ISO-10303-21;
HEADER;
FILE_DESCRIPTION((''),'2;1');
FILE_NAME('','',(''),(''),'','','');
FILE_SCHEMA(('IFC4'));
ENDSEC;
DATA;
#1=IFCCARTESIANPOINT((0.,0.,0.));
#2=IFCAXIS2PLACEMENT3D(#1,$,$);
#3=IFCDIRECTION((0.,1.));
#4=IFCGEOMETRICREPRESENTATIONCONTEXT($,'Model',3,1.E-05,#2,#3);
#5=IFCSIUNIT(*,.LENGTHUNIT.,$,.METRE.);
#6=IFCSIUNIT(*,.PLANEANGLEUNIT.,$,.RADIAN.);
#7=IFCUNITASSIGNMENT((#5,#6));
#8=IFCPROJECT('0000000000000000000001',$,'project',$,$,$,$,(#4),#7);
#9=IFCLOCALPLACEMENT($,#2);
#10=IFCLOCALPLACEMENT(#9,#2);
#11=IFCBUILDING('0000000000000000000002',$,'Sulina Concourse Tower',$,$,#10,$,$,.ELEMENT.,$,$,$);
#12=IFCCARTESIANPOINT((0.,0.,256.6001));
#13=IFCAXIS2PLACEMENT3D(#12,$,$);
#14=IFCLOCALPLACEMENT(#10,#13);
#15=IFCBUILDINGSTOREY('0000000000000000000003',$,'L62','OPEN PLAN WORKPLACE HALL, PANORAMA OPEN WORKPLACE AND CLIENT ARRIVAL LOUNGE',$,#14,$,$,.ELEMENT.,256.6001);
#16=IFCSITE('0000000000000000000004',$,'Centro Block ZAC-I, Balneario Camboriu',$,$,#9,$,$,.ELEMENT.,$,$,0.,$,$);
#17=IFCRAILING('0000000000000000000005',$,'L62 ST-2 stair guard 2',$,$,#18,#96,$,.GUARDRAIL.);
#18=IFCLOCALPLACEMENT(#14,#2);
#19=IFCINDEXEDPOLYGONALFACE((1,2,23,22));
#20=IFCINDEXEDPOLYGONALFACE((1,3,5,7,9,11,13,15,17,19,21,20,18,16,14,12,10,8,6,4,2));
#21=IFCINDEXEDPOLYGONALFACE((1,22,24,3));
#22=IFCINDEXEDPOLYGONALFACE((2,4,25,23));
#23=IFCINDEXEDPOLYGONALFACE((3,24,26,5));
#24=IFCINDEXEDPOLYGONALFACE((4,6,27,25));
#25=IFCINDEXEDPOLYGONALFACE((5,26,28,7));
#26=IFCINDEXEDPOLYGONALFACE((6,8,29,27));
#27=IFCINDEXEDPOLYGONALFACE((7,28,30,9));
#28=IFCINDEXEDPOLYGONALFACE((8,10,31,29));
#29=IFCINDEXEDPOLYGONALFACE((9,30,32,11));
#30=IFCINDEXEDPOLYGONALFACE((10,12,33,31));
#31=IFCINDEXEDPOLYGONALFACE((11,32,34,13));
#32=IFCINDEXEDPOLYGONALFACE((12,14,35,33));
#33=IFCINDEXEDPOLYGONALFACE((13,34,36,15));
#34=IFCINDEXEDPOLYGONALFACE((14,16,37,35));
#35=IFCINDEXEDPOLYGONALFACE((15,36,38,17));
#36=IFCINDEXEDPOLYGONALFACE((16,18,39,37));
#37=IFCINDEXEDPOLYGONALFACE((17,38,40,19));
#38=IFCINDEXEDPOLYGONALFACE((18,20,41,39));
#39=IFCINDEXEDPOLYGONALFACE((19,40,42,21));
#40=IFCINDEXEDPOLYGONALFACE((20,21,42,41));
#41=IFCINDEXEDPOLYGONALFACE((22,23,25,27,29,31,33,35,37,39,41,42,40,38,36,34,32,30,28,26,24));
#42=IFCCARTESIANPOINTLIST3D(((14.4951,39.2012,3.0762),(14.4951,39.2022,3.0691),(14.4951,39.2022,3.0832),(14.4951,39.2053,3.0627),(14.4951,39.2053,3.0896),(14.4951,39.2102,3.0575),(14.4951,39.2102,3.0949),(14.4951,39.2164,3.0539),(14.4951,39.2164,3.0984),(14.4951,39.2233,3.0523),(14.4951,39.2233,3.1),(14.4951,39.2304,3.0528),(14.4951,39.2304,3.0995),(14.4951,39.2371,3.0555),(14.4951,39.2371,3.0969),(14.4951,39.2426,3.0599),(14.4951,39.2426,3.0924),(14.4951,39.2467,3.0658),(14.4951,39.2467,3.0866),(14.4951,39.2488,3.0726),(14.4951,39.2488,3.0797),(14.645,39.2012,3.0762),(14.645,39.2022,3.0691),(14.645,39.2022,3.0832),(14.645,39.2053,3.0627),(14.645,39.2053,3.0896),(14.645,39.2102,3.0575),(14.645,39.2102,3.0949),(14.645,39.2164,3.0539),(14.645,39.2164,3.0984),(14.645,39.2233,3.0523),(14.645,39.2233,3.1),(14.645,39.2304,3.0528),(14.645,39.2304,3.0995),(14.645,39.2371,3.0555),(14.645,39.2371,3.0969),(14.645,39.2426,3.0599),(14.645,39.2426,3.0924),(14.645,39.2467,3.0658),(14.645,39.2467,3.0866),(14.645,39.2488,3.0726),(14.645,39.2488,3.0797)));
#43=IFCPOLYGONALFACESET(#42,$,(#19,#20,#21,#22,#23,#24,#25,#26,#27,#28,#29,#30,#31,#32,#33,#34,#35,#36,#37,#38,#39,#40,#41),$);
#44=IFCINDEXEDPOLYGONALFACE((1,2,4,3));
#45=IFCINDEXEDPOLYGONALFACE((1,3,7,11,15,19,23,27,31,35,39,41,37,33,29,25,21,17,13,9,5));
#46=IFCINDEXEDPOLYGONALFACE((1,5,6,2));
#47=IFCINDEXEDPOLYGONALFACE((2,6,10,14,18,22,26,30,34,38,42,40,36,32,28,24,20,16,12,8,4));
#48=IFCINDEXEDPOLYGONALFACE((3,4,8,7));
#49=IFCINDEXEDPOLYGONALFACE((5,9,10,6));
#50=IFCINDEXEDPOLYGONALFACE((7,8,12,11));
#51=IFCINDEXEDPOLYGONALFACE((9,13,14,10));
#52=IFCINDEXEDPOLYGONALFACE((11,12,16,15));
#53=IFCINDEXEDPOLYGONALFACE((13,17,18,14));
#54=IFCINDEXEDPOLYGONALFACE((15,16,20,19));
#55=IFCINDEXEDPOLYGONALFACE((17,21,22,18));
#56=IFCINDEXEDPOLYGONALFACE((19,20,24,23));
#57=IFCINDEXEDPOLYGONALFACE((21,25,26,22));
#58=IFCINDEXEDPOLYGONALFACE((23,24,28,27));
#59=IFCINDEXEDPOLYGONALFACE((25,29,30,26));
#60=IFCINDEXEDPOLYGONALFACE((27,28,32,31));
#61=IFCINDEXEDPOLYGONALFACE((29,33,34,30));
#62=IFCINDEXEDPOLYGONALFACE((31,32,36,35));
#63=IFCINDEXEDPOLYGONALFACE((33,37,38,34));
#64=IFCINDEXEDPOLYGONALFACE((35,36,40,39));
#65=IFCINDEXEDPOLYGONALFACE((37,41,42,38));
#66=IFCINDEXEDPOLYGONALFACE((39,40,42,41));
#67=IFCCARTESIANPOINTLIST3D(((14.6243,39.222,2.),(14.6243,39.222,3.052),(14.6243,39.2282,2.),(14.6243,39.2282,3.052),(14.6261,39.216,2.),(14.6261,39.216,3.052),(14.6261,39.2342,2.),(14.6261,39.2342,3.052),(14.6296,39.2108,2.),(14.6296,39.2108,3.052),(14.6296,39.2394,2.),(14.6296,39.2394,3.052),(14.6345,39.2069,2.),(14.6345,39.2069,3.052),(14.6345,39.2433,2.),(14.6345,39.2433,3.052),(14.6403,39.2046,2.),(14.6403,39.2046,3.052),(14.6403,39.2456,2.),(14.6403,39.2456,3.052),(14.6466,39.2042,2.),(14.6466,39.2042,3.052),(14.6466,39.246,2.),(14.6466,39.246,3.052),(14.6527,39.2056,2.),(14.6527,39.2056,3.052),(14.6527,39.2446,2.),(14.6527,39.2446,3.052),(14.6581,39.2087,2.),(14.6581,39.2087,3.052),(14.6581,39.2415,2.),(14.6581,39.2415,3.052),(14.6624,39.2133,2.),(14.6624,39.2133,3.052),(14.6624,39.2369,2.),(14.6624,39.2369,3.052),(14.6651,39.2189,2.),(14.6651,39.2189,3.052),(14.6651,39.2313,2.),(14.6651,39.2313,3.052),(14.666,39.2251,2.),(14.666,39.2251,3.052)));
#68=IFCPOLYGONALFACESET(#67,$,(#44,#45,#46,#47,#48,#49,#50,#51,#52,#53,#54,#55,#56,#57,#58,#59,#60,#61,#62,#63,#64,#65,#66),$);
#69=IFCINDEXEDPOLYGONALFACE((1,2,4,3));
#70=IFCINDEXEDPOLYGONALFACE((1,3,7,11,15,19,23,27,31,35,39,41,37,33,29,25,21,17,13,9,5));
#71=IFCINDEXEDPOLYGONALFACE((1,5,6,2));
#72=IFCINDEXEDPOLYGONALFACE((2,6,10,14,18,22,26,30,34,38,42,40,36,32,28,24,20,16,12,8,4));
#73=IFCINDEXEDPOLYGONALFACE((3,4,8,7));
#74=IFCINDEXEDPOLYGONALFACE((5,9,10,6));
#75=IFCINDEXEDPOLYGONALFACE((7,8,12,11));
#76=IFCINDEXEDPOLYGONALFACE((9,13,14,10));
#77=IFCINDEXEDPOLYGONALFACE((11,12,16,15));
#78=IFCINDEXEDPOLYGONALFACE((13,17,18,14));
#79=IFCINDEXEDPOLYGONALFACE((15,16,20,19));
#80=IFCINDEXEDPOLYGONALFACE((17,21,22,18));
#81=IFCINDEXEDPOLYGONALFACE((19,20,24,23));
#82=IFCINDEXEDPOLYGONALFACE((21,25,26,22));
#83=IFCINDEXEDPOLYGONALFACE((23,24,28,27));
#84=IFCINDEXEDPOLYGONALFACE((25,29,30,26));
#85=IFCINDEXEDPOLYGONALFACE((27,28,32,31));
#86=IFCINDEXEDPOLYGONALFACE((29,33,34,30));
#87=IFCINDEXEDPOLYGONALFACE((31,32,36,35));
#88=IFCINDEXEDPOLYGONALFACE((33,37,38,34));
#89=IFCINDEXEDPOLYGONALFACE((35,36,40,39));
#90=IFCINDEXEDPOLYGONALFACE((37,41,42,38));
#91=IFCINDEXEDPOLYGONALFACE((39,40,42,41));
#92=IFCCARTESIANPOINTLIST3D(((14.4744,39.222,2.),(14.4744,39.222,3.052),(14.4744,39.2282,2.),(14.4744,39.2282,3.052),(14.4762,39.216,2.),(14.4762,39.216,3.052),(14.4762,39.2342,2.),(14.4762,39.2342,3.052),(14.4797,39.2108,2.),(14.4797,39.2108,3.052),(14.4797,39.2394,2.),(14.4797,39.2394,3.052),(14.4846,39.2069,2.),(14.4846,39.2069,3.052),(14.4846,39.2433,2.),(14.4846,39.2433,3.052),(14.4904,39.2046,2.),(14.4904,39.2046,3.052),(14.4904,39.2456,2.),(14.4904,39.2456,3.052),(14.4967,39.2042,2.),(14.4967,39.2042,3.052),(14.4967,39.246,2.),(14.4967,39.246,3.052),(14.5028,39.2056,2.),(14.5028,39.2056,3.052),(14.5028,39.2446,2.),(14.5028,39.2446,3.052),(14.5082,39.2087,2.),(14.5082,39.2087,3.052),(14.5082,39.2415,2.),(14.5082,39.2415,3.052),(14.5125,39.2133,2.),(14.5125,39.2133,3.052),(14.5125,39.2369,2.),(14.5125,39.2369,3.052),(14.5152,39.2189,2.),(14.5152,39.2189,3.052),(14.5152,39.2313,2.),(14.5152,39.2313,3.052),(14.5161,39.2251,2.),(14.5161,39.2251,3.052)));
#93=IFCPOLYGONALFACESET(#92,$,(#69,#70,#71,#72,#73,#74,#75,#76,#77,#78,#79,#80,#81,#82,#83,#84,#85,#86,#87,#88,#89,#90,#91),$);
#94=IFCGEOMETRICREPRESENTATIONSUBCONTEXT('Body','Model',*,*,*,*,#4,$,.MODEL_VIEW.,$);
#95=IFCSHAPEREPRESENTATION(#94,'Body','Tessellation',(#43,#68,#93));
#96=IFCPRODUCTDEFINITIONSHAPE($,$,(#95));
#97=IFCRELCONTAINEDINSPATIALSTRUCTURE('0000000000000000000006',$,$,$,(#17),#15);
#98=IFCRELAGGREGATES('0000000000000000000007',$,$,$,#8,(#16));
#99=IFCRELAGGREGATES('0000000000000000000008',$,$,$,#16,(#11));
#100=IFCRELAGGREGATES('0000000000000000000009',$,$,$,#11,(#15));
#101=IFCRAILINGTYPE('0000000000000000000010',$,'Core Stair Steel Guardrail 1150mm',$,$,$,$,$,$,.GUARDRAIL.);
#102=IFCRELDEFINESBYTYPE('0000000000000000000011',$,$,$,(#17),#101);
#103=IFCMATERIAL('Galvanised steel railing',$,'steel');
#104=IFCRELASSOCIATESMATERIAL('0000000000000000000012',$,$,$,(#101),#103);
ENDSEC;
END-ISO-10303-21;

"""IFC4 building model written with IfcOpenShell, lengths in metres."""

from ifc_helpers import new_model, si_unit, direction, frame, origin, origin_2d, place, context, subcontext, project, spatial, circle, extrude, material, type_object, element, save


model = new_model("IFC4")

# Units and contexts
model_context = context("Model", 3, precision=1e-05, world=origin(), true_north=direction((0.0, 1.0)))
body_context = subcontext(model_context, "Body", "Model", "MODEL_VIEW")
ifc_project = project(units=[si_unit("LENGTHUNIT", "METRE"), si_unit("PLANEANGLEUNIT", "RADIAN")], contexts=[model_context])

# Site, building, storey
site_placement = place(None, origin())
site = spatial("IfcSite", under=ifc_project, at=site_placement, Name="Centro Block ZAC-I, Balneario Camboriu", CompositionType="ELEMENT", RefElevation=0.0)
building_placement = place(site_placement, origin())
building = spatial("IfcBuilding", under=site, at=building_placement, Name="Sulina Concourse Tower", CompositionType="ELEMENT")
storey_placement = place(building_placement, frame((0.0, 0.0, 256.6001)))
storey = spatial("IfcBuildingStorey", under=building, at=storey_placement, Name="L62", Description="OPEN PLAN WORKPLACE HALL, PANORAMA OPEN WORKPLACE AND CLIENT ARRIVAL LOUNGE", CompositionType="ELEMENT", Elevation=256.6001)

# Railing
ifc_material_1 = material(Name="Galvanised steel railing", Category="steel")
railing_type_1 = type_object("IfcRailingType", Name="Core Stair Steel Guardrail 1150mm", PredefinedType="GUARDRAIL", material=ifc_material_1)
railing_1_placement = place(storey_placement, frame((14.645, 39.2251, 2.0)))
element("IfcRailing", 1, at=railing_1_placement, inside=storey, type_object=railing_type_1, Name="L62 ST-2 stair guard 2", PredefinedType="GUARDRAIL", context=body_context, shape_type="SweptSolid", body=[
    extrude(circle(Radius=0.0239, at=origin_2d()), frame((0.0, 0.0, 1.0762), z_axis=(-1.0, 0.0, 0.0), x_axis=(0.0, -1.0, 0.0)), (0.0, 0.0, 1.0), 0.1499),
    extrude(circle(Radius=0.021, at=origin_2d()), origin(), (0.0, 0.0, 1.0), 1.052),
    extrude(circle(Radius=0.021, at=origin_2d()), frame((-0.1499, 0.0, 0.0)), (0.0, 0.0, 1.0), 1.052),
])

save(model, "model.ifc")
